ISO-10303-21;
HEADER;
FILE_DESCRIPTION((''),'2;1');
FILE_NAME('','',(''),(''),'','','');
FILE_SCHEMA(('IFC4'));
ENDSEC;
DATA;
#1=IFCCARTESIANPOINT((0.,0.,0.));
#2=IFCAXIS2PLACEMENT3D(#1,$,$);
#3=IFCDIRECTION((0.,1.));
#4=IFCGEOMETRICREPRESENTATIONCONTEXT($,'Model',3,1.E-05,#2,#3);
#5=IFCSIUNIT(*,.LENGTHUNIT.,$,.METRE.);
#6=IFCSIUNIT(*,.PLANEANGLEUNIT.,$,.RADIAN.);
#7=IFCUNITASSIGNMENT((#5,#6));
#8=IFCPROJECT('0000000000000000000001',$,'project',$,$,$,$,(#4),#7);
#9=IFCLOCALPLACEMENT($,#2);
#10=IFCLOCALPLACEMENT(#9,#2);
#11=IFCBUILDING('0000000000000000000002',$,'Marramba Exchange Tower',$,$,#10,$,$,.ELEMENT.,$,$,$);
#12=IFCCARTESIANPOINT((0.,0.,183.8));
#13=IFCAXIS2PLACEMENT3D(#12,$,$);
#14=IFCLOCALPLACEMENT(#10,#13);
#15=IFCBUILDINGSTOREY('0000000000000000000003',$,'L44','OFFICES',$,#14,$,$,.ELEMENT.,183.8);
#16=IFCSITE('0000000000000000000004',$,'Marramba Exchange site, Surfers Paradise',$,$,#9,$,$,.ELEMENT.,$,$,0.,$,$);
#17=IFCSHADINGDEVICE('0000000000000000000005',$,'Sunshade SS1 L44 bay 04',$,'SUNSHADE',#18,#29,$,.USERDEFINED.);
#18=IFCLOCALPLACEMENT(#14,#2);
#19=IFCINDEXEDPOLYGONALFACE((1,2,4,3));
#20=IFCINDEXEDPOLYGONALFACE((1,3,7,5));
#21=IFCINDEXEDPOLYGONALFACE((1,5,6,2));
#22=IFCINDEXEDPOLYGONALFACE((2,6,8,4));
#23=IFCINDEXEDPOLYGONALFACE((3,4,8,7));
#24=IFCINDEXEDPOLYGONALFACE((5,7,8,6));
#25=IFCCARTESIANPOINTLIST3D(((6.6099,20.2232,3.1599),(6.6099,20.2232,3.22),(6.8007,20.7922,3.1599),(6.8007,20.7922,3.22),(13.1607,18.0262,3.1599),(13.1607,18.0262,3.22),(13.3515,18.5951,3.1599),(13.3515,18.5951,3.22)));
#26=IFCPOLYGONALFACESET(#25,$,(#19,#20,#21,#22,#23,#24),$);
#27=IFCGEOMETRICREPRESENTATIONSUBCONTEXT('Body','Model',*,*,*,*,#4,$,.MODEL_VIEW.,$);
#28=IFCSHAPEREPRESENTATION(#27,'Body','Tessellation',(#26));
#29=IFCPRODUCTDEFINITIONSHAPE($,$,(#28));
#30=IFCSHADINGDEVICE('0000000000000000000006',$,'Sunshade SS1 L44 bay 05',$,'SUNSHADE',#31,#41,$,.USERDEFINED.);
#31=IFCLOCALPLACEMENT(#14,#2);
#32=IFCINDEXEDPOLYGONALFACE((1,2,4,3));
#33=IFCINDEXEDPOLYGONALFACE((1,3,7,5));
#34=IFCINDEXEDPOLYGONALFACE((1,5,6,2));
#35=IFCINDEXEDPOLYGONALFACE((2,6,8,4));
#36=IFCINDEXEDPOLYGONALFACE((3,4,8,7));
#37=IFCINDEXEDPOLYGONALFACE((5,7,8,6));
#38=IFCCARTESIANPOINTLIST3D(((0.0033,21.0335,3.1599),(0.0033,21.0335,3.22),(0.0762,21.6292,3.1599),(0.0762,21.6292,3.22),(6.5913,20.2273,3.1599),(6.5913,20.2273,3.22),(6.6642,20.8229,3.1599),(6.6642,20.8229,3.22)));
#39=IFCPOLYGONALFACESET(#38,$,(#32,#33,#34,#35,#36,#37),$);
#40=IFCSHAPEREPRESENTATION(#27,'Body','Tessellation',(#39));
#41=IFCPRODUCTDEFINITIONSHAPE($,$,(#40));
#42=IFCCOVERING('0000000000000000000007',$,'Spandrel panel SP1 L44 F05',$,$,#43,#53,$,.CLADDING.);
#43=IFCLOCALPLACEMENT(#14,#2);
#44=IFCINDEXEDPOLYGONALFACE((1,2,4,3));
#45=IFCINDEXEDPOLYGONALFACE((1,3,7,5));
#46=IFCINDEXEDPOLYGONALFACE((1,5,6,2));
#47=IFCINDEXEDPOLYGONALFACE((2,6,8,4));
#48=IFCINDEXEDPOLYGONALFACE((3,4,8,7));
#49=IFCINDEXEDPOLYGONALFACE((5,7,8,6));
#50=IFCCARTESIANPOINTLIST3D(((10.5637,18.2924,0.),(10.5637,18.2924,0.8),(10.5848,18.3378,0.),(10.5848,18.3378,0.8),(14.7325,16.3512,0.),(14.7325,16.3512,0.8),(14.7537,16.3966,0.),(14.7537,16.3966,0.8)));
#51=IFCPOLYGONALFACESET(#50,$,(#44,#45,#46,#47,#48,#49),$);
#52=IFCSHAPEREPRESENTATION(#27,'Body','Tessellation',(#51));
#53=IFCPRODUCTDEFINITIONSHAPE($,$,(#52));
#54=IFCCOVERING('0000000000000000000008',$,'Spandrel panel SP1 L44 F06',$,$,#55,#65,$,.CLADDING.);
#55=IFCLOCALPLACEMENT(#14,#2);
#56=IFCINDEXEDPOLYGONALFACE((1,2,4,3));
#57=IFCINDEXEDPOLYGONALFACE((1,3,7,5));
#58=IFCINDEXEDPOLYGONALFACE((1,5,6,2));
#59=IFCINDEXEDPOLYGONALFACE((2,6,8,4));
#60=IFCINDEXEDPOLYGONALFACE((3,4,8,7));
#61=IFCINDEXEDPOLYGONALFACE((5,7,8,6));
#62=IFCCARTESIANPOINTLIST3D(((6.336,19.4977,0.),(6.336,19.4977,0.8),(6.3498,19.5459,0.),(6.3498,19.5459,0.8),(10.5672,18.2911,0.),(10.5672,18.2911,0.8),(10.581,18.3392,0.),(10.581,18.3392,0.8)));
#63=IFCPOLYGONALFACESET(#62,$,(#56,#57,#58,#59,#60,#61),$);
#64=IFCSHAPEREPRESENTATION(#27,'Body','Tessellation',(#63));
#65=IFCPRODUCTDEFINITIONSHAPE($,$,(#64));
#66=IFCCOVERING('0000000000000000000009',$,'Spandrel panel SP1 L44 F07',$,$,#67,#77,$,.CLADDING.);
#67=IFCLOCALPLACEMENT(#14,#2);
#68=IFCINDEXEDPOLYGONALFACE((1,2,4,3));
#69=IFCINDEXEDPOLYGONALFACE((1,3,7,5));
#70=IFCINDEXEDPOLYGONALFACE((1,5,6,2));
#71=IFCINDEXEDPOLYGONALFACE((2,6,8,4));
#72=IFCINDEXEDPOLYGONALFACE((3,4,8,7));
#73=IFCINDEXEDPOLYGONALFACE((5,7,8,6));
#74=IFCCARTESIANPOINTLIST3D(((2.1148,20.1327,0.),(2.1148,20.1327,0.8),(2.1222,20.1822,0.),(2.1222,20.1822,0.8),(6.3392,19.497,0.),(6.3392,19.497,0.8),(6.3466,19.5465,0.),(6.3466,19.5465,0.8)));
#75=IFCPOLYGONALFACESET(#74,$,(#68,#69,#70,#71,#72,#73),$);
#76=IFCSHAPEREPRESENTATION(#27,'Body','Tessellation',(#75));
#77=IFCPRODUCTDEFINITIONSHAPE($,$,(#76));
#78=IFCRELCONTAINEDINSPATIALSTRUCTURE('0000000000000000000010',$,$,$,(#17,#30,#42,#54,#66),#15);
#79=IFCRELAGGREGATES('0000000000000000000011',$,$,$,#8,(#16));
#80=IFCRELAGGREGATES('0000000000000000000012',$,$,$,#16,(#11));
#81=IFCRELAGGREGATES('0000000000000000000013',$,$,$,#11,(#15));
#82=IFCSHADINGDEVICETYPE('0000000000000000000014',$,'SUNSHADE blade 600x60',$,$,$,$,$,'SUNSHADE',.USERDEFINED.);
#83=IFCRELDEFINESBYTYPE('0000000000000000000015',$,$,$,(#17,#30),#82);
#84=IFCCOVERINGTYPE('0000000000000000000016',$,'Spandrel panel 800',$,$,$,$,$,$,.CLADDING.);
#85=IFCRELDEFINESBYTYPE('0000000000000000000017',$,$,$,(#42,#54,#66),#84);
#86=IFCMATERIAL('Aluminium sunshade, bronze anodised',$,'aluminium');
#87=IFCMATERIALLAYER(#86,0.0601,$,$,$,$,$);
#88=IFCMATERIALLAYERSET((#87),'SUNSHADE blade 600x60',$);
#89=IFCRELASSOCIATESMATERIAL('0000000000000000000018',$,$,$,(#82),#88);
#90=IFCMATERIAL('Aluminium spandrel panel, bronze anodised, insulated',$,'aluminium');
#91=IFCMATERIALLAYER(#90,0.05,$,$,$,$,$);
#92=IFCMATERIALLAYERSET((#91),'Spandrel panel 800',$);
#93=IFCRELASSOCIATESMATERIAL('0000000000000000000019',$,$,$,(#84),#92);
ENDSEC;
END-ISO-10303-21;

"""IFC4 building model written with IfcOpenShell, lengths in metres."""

from ifc_helpers import new_model, si_unit, direction, frame, origin, origin_2d, place, context, subcontext, project, spatial, rectangle, extrude, material, layer, layer_set, type_object, element, save


model = new_model("IFC4")

# Units and contexts
model_context = context("Model", 3, precision=1e-05, world=origin(), true_north=direction((0.0, 1.0)))
body_context = subcontext(model_context, "Body", "Model", "MODEL_VIEW")
ifc_project = project(units=[si_unit("LENGTHUNIT", "METRE"), si_unit("PLANEANGLEUNIT", "RADIAN")], contexts=[model_context])

# Site, building, storey
site_placement = place(None, origin())
site = spatial("IfcSite", under=ifc_project, at=site_placement, Name="Marramba Exchange site, Surfers Paradise", CompositionType="ELEMENT", RefElevation=0.0)
building_placement = place(site_placement, origin())
building = spatial("IfcBuilding", under=site, at=building_placement, Name="Marramba Exchange Tower", CompositionType="ELEMENT")
storey_placement = place(building_placement, frame((0.0, 0.0, 183.8)))
storey = spatial("IfcBuildingStorey", under=building, at=storey_placement, Name="L44", Description="OFFICES", CompositionType="ELEMENT", Elevation=183.8)

# Shading devices
ifc_material_1 = material(Name="Aluminium sunshade, bronze anodised", Category="aluminium")
ifc_layer_1 = layer(ifc_material_1, 0.0601)
ifc_layer_set_1 = layer_set([ifc_layer_1], Name="SUNSHADE blade 600x60")
shading_device_type_1 = type_object("IfcShadingDeviceType", Name="SUNSHADE blade 600x60", ElementType="SUNSHADE", PredefinedType="USERDEFINED", material=ifc_layer_set_1)
shading_device_1_placement = place(storey_placement, frame((9.9807, 19.4092, 3.1599), z_axis=(0.0, 0.0, 1.0), x_axis=(-0.948096, 0.317983, 0.0)))
element("IfcShadingDevice", 1, at=shading_device_1_placement, inside=storey, type_object=shading_device_type_1, Name="Sunshade SS1 L44 bay 04", ObjectType="SUNSHADE", PredefinedType="USERDEFINED", context=body_context, shape_type="SweptSolid", body=[
    extrude(rectangle(XDim=6.9094, YDim=0.6001, at=origin_2d()), origin(), (0.0, 0.0, 1.0), 0.0601),
])
shading_device_2_placement = place(storey_placement, frame((3.3337, 20.9282, 3.1599), z_axis=(0.0, 0.0, 1.0), x_axis=(-0.992595, 0.121469, 0.0)))
element("IfcShadingDevice", 2, at=shading_device_2_placement, inside=storey, type_object=shading_device_type_1, Name="Sunshade SS1 L44 bay 05", ObjectType="SUNSHADE", PredefinedType="USERDEFINED", context=body_context, shape_type="SweptSolid", body=[
    extrude(rectangle(XDim=6.6372, YDim=0.6001, at=origin_2d()), origin(), (0.0, 0.0, 1.0), 0.0601),
])

# Coverings
ifc_material_2 = material(Name="Aluminium spandrel panel, bronze anodised, insulated", Category="aluminium")
ifc_layer_2 = layer(ifc_material_2, 0.05)
ifc_layer_set_2 = layer_set([ifc_layer_2], Name="Spandrel panel 800")
covering_type = type_object("IfcCoveringType", Name="Spandrel panel 800", PredefinedType="CLADDING", material=ifc_layer_set_2)
covering_1_placement = place(storey_placement, frame((12.6587, 17.3445, 0.0), z_axis=(0.0, 0.0, 1.0), x_axis=(-0.906534, 0.422133, 0.0)))
element("IfcCovering", 3, at=covering_1_placement, inside=storey, type_object=covering_type, Name="Spandrel panel SP1 L44 F05", PredefinedType="CLADDING", context=body_context, shape_type="SweptSolid", body=[
    extrude(rectangle(XDim=4.5986, YDim=0.05, at=origin_2d()), origin(), (0.0, 0.0, 1.0), 0.8),
])
covering_2_placement = place(storey_placement, frame((8.4585, 18.9185, 0.0), z_axis=(0.0, 0.0, 1.0), x_axis=(-0.961659, 0.274248, 0.0)))
element("IfcCovering", 4, at=covering_2_placement, inside=storey, type_object=covering_type, Name="Spandrel panel SP1 L44 F06", PredefinedType="CLADDING", context=body_context, shape_type="SweptSolid", body=[
    extrude(rectangle(XDim=4.3999, YDim=0.05, at=origin_2d()), origin(), (0.0, 0.0, 1.0), 0.8),
])
covering_3_placement = place(storey_placement, frame((4.2307, 19.8396, 0.0), z_axis=(0.0, 0.0, 1.0), x_axis=(-0.988868, 0.148795, 0.0)))
element("IfcCovering", 5, at=covering_3_placement, inside=storey, type_object=covering_type, Name="Spandrel panel SP1 L44 F07", PredefinedType="CLADDING", context=body_context, shape_type="SweptSolid", body=[
    extrude(rectangle(XDim=4.272, YDim=0.05, at=origin_2d()), origin(), (0.0, 0.0, 1.0), 0.8),
])

save(model, "model.ifc")
